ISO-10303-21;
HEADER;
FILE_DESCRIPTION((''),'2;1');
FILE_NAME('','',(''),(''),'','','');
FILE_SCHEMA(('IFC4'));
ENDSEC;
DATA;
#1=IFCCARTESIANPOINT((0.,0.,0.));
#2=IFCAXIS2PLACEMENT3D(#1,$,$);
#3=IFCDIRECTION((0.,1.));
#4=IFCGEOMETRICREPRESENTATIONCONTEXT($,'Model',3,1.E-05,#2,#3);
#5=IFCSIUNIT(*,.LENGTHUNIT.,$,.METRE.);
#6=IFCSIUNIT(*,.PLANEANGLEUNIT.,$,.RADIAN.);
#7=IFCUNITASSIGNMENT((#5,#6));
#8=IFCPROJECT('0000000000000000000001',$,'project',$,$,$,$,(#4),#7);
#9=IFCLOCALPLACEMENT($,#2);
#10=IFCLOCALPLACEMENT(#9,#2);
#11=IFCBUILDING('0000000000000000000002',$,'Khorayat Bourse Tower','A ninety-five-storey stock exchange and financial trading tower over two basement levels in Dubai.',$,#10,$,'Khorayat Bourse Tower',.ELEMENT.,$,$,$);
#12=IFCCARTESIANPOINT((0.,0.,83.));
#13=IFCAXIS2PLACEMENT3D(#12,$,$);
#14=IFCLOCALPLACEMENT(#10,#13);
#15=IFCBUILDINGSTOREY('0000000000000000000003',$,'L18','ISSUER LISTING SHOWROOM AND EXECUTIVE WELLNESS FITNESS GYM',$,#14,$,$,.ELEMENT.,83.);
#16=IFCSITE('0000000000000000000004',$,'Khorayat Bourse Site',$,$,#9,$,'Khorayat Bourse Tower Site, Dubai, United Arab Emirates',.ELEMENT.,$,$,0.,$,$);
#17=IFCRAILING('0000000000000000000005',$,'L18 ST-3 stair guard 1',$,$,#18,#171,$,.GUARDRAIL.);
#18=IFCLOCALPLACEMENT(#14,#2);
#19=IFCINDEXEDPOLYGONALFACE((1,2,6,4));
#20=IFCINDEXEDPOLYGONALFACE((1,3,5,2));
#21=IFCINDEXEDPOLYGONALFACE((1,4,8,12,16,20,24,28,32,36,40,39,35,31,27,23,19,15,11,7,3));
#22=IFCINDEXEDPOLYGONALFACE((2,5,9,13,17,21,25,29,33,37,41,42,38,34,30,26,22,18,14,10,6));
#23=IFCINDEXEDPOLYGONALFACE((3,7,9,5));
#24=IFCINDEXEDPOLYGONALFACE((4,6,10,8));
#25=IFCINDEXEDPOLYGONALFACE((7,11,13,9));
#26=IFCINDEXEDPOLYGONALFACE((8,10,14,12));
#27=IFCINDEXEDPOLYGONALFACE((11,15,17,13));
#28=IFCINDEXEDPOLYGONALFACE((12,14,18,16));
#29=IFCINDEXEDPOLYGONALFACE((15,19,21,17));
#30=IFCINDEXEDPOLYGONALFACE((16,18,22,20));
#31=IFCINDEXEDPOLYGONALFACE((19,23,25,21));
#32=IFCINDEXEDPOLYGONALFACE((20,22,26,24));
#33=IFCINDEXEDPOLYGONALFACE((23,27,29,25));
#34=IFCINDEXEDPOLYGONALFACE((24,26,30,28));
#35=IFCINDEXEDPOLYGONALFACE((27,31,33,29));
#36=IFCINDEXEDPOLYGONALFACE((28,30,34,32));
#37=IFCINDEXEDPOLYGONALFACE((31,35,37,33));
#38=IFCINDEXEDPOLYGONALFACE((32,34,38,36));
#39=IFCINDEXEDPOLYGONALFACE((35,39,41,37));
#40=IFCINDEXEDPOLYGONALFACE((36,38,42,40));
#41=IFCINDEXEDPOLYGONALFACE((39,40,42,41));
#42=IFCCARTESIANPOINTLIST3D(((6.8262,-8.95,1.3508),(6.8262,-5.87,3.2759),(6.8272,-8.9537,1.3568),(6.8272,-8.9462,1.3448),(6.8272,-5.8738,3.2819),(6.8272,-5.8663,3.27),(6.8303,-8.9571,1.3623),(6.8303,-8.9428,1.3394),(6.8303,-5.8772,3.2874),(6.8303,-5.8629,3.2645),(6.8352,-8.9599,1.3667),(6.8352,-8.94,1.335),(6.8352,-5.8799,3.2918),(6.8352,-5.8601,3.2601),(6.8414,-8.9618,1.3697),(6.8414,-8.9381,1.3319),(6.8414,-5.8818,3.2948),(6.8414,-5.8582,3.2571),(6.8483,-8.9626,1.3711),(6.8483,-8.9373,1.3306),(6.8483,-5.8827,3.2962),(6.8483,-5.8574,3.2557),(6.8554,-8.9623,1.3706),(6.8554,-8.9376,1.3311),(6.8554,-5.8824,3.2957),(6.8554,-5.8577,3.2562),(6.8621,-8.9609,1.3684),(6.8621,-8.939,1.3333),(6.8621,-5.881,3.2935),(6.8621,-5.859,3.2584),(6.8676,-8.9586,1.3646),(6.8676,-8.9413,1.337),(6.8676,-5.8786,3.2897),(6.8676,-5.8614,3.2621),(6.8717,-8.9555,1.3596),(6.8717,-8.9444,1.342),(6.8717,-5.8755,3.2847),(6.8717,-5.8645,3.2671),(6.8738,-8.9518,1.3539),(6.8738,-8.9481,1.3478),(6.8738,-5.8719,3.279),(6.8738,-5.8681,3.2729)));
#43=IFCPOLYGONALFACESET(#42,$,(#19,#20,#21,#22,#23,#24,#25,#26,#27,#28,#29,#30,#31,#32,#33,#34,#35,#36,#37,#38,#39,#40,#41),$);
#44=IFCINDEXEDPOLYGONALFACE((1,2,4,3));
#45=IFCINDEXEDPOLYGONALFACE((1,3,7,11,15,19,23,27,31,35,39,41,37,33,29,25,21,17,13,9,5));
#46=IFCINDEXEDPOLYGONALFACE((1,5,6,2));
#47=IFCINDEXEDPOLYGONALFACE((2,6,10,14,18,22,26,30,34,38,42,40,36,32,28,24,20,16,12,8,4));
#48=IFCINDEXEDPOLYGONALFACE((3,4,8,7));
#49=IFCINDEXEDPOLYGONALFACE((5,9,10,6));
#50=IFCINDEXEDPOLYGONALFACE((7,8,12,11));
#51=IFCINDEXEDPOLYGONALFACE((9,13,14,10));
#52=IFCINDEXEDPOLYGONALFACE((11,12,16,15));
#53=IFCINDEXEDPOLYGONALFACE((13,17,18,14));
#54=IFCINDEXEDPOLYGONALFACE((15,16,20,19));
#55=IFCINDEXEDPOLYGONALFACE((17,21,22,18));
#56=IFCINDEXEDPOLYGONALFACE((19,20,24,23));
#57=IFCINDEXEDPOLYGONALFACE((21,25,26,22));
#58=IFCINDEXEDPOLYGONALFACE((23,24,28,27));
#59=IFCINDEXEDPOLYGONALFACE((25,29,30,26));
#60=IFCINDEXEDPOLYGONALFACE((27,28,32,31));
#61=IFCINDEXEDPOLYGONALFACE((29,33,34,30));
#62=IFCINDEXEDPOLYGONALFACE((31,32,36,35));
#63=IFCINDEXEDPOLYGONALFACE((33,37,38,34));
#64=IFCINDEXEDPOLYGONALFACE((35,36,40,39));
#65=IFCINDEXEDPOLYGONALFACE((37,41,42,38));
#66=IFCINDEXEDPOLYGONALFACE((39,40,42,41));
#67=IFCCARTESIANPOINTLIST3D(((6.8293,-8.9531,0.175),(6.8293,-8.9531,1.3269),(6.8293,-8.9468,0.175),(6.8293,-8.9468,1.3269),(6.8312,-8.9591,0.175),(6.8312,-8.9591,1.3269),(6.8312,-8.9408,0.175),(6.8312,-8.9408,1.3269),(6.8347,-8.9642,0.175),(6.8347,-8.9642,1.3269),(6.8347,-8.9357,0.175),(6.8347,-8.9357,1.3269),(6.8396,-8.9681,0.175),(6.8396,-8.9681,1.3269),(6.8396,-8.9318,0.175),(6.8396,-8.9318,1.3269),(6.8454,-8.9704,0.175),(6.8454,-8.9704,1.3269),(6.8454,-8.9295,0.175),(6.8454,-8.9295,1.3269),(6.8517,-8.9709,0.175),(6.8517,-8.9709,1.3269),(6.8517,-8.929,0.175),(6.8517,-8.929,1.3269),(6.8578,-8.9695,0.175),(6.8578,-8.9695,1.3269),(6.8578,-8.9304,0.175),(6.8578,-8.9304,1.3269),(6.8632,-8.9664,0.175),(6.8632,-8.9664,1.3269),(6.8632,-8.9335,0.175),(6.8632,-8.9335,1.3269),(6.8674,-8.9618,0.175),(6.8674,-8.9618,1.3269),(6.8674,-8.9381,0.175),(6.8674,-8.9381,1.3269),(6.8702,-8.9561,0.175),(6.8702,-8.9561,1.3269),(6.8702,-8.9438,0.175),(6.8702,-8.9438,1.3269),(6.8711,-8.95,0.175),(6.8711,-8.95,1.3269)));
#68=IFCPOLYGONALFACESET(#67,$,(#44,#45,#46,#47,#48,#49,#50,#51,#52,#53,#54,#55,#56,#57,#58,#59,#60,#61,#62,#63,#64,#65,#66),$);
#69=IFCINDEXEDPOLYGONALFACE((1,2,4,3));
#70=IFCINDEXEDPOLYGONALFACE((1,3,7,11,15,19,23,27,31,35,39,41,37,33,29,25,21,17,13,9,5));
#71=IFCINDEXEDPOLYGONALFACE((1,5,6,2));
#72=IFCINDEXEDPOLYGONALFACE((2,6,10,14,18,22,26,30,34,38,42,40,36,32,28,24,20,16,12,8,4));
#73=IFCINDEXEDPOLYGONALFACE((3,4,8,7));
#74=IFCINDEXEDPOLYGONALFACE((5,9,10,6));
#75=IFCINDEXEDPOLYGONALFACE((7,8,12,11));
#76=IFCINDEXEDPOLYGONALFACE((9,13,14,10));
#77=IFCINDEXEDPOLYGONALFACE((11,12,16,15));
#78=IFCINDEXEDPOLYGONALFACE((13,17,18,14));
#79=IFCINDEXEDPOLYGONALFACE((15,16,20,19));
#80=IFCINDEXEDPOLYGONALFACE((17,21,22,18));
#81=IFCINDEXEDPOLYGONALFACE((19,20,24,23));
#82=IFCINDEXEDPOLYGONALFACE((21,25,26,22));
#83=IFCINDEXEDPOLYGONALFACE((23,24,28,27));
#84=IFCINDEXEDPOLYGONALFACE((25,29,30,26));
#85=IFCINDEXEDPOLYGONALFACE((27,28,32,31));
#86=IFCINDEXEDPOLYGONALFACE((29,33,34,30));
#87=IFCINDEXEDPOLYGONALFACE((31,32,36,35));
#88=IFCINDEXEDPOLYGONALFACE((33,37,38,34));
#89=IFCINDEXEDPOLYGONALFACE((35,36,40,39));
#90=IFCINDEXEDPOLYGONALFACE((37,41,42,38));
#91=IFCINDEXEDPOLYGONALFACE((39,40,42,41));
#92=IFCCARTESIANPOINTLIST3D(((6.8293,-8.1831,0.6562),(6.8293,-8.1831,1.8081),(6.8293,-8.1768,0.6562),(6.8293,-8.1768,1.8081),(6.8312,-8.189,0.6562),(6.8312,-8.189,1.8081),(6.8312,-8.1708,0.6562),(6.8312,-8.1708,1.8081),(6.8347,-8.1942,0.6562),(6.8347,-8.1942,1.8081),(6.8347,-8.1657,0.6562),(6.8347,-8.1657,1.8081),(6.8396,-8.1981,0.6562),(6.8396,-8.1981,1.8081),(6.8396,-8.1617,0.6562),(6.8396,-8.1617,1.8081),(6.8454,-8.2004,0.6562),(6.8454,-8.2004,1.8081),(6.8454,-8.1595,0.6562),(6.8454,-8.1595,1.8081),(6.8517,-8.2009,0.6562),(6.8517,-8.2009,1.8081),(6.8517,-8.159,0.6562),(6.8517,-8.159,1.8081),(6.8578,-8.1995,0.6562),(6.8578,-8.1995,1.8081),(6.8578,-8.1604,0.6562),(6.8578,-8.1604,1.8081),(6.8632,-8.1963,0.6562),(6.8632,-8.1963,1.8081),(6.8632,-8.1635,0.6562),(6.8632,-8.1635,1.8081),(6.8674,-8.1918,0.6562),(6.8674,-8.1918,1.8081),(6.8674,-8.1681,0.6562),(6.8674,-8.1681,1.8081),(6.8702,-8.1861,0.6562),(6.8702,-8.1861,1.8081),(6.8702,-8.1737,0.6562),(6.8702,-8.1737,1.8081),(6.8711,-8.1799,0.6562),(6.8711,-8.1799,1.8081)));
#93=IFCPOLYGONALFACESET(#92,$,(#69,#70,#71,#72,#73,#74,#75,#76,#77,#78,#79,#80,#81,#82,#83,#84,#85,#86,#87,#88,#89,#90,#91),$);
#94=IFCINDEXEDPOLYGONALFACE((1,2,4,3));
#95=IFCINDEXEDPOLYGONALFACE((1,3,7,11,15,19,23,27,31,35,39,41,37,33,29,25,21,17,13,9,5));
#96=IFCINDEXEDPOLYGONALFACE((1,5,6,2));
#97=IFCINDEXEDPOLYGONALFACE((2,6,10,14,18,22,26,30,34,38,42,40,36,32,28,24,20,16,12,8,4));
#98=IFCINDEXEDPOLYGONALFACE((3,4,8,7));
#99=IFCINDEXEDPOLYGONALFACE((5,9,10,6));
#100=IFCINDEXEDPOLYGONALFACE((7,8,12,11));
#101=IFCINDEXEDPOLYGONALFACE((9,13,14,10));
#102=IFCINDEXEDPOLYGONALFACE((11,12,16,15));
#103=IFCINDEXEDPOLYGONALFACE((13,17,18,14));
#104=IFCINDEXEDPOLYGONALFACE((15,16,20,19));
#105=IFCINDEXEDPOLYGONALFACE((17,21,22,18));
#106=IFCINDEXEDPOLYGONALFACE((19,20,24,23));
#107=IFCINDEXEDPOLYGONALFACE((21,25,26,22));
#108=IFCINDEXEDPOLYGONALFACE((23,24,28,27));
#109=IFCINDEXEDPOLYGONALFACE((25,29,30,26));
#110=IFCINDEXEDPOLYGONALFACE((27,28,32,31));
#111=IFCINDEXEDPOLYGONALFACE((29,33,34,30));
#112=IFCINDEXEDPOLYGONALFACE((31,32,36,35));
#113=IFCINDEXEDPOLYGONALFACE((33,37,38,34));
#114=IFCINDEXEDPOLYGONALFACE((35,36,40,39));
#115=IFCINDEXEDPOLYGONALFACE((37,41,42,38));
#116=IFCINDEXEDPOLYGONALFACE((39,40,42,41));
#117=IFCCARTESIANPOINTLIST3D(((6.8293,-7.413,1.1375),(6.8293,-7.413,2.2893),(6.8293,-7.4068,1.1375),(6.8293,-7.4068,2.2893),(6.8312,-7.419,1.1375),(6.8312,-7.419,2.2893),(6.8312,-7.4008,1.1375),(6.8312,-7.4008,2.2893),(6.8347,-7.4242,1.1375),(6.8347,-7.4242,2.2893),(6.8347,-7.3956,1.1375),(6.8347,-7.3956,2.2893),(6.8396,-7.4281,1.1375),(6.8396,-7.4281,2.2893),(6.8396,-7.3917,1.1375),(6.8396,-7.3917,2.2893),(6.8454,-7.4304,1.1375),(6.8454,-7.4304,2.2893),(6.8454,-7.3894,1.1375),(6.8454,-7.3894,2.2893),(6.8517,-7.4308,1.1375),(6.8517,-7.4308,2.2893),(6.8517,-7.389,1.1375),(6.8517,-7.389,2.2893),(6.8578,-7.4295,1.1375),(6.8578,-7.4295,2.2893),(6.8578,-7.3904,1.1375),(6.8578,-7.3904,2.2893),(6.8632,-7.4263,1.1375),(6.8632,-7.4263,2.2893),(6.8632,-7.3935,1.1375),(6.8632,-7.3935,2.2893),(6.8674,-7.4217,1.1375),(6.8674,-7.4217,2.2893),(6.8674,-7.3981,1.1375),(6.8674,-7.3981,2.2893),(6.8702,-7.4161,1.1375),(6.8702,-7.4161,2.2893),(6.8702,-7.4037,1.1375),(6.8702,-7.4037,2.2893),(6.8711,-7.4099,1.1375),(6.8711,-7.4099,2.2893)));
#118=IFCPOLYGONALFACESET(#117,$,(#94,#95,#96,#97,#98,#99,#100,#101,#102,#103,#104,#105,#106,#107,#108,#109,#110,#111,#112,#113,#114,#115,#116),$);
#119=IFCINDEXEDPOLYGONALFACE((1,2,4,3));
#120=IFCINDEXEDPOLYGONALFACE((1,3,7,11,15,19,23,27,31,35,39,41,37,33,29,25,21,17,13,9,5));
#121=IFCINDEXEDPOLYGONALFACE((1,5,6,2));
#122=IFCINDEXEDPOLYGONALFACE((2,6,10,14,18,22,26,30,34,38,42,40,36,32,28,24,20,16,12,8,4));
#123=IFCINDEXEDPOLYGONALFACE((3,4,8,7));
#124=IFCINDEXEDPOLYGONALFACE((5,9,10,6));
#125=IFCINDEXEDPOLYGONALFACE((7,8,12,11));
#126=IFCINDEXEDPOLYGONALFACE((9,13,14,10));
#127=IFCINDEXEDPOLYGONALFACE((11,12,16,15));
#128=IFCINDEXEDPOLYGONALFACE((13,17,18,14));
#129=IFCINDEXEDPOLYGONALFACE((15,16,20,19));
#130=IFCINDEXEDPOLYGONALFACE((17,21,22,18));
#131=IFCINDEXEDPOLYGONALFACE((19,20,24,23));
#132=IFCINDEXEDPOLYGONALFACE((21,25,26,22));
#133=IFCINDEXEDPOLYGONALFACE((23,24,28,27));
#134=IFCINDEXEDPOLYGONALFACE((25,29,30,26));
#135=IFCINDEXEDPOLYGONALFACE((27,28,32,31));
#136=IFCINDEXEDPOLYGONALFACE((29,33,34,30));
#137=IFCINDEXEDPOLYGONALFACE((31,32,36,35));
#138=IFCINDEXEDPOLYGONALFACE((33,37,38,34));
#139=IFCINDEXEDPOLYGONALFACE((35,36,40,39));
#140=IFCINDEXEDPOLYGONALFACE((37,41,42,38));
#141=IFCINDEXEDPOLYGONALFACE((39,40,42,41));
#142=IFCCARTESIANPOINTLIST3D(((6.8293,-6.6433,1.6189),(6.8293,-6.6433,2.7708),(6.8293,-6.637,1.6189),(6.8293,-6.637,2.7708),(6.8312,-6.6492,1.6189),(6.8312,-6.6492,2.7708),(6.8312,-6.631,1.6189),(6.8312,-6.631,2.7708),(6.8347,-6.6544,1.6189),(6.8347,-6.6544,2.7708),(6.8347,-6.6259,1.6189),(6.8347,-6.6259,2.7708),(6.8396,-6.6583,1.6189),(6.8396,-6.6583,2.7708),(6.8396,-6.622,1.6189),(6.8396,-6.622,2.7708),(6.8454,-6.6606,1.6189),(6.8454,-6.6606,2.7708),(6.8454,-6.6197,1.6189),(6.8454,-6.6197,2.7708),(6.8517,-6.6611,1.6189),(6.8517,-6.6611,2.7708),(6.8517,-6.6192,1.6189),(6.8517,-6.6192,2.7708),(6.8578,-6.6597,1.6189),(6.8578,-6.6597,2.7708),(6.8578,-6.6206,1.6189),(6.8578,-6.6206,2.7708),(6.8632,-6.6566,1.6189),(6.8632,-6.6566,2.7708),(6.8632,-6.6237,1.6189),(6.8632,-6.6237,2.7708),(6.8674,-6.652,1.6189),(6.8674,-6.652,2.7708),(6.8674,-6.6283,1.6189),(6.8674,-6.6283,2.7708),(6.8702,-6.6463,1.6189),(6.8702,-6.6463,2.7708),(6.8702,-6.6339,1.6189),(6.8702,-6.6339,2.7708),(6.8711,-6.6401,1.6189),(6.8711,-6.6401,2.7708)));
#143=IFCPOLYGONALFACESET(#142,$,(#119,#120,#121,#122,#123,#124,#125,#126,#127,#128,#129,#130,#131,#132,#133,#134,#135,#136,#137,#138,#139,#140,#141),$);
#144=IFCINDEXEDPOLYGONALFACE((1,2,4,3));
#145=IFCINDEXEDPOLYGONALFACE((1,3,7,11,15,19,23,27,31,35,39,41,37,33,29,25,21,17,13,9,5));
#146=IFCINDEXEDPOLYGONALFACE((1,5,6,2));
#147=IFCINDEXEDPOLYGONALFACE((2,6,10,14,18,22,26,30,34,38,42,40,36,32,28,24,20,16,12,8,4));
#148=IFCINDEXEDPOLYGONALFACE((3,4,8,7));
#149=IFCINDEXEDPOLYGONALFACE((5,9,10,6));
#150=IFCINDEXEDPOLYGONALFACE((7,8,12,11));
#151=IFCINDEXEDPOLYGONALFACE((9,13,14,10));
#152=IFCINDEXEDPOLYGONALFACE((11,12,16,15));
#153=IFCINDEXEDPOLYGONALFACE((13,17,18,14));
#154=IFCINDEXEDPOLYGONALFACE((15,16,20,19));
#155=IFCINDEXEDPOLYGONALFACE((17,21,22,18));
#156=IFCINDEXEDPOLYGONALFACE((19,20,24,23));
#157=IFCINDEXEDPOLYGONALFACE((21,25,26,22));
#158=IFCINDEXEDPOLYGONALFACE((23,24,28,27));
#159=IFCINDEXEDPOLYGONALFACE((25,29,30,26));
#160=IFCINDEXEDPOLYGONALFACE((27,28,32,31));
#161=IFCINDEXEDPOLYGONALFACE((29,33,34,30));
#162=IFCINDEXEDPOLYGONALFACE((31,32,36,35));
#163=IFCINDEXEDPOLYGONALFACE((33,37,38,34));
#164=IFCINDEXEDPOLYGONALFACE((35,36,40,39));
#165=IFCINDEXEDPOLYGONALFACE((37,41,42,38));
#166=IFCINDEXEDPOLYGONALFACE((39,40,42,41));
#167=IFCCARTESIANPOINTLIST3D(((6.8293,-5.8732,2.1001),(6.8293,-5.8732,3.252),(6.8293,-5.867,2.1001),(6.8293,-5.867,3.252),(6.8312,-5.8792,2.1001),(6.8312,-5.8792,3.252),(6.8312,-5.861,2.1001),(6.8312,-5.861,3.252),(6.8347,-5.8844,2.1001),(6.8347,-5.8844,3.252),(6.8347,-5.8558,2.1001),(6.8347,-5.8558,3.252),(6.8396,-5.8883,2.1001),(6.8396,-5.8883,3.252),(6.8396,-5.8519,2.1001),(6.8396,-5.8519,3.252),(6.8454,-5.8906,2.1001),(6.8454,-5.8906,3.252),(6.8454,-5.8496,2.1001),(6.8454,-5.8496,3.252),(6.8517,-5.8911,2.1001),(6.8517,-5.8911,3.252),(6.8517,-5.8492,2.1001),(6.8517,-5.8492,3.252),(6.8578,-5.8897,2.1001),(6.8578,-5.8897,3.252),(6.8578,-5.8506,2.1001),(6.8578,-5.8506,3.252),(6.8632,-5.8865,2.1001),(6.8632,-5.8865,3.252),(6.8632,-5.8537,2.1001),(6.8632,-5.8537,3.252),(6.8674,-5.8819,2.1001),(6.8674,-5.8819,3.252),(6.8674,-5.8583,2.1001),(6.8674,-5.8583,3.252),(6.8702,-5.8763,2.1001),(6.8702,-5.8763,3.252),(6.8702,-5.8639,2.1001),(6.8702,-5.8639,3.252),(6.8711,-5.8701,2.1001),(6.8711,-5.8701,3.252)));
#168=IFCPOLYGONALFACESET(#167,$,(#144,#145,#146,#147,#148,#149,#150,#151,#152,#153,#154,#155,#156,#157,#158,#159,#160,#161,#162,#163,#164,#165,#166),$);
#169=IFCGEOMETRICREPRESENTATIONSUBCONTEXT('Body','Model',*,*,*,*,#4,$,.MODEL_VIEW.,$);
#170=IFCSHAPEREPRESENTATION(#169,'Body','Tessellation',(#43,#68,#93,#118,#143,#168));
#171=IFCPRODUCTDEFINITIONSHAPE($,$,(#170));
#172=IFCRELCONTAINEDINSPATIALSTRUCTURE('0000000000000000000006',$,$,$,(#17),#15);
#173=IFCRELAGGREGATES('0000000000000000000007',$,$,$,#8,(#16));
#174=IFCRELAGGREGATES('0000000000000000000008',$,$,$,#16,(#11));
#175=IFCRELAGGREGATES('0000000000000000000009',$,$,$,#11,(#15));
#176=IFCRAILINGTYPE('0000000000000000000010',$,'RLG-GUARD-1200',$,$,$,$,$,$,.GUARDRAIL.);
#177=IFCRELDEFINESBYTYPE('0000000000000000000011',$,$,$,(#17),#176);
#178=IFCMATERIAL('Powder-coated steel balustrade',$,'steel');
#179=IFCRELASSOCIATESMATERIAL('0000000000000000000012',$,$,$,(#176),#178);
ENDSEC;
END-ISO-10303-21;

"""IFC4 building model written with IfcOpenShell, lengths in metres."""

from ifc_helpers import new_model, si_unit, direction, frame, origin, origin_2d, place, context, subcontext, project, spatial, circle, extrude, source, transform, mapped, material, type_object, element, save


model = new_model("IFC4")

# Units and contexts
model_context = context("Model", 3, precision=1e-05, world=origin(), true_north=direction((0.0, 1.0)))
body_context = subcontext(model_context, "Body", "Model", "MODEL_VIEW")
ifc_project = project(units=[si_unit("LENGTHUNIT", "METRE"), si_unit("PLANEANGLEUNIT", "RADIAN")], contexts=[model_context])

# Site, building, storey
site_placement = place(None, origin())
site = spatial("IfcSite", under=ifc_project, at=site_placement, Name="Khorayat Bourse Site", LongName="Khorayat Bourse Tower Site, Dubai, United Arab Emirates", CompositionType="ELEMENT", RefElevation=0.0)
building_placement = place(site_placement, origin())
building = spatial("IfcBuilding", under=site, at=building_placement, Name="Khorayat Bourse Tower", Description="A ninety-five-storey stock exchange and financial trading tower over two basement levels in Dubai.", LongName="Khorayat Bourse Tower", CompositionType="ELEMENT")
storey_placement = place(building_placement, frame((0.0, 0.0, 83.0)))
storey = spatial("IfcBuildingStorey", under=building, at=storey_placement, Name="L18", Description="ISSUER LISTING SHOWROOM AND EXECUTIVE WELLNESS FITNESS GYM", CompositionType="ELEMENT", Elevation=83.0)

# Railing
ifc_material_1 = material(Name="Powder-coated steel balustrade", Category="steel")
railing_type_1 = type_object("IfcRailingType", Name="RLG-GUARD-1200", PredefinedType="GUARDRAIL", material=ifc_material_1)
shared_shape_1 = source(origin(), body_context, "Body", "SweptSolid", [
    extrude(circle(Radius=0.0239, at=origin_2d()), frame((0.0, 0.0, 1.1758), z_axis=(0.0, 0.847979, 0.530029), x_axis=(-1.0, 0.0, 0.0)), (0.0, 0.0, 1.0), 3.6321),
    extrude(circle(Radius=0.021, at=origin_2d()), origin(), (0.0, 0.0, 1.0), 1.1519),
    extrude(circle(Radius=0.021, at=origin_2d()), frame((0.0, 0.77, 0.4812)), (0.0, 0.0, 1.0), 1.1519),
    extrude(circle(Radius=0.021, at=origin_2d()), frame((0.0, 1.54, 0.9624)), (0.0, 0.0, 1.0), 1.1519),
    extrude(circle(Radius=0.021, at=origin_2d()), frame((0.0, 2.3098, 1.4438)), (0.0, 0.0, 1.0), 1.1519),
    extrude(circle(Radius=0.021, at=origin_2d()), frame((0.0, 3.0798, 1.925)), (0.0, 0.0, 1.0), 1.1519),
])
railing_1_placement = place(storey_placement, frame((6.8501, -8.95, 0.175)))
element("IfcRailing", 1, at=railing_1_placement, inside=storey, type_object=railing_type_1, Name="L18 ST-3 stair guard 1", PredefinedType="GUARDRAIL", context=body_context, shape_type="MappedRepresentation", body=[
    mapped(shared_shape_1, transform((0.0, 0.0, 0.0), scale=1.0)),
])

save(model, "model.ifc")
